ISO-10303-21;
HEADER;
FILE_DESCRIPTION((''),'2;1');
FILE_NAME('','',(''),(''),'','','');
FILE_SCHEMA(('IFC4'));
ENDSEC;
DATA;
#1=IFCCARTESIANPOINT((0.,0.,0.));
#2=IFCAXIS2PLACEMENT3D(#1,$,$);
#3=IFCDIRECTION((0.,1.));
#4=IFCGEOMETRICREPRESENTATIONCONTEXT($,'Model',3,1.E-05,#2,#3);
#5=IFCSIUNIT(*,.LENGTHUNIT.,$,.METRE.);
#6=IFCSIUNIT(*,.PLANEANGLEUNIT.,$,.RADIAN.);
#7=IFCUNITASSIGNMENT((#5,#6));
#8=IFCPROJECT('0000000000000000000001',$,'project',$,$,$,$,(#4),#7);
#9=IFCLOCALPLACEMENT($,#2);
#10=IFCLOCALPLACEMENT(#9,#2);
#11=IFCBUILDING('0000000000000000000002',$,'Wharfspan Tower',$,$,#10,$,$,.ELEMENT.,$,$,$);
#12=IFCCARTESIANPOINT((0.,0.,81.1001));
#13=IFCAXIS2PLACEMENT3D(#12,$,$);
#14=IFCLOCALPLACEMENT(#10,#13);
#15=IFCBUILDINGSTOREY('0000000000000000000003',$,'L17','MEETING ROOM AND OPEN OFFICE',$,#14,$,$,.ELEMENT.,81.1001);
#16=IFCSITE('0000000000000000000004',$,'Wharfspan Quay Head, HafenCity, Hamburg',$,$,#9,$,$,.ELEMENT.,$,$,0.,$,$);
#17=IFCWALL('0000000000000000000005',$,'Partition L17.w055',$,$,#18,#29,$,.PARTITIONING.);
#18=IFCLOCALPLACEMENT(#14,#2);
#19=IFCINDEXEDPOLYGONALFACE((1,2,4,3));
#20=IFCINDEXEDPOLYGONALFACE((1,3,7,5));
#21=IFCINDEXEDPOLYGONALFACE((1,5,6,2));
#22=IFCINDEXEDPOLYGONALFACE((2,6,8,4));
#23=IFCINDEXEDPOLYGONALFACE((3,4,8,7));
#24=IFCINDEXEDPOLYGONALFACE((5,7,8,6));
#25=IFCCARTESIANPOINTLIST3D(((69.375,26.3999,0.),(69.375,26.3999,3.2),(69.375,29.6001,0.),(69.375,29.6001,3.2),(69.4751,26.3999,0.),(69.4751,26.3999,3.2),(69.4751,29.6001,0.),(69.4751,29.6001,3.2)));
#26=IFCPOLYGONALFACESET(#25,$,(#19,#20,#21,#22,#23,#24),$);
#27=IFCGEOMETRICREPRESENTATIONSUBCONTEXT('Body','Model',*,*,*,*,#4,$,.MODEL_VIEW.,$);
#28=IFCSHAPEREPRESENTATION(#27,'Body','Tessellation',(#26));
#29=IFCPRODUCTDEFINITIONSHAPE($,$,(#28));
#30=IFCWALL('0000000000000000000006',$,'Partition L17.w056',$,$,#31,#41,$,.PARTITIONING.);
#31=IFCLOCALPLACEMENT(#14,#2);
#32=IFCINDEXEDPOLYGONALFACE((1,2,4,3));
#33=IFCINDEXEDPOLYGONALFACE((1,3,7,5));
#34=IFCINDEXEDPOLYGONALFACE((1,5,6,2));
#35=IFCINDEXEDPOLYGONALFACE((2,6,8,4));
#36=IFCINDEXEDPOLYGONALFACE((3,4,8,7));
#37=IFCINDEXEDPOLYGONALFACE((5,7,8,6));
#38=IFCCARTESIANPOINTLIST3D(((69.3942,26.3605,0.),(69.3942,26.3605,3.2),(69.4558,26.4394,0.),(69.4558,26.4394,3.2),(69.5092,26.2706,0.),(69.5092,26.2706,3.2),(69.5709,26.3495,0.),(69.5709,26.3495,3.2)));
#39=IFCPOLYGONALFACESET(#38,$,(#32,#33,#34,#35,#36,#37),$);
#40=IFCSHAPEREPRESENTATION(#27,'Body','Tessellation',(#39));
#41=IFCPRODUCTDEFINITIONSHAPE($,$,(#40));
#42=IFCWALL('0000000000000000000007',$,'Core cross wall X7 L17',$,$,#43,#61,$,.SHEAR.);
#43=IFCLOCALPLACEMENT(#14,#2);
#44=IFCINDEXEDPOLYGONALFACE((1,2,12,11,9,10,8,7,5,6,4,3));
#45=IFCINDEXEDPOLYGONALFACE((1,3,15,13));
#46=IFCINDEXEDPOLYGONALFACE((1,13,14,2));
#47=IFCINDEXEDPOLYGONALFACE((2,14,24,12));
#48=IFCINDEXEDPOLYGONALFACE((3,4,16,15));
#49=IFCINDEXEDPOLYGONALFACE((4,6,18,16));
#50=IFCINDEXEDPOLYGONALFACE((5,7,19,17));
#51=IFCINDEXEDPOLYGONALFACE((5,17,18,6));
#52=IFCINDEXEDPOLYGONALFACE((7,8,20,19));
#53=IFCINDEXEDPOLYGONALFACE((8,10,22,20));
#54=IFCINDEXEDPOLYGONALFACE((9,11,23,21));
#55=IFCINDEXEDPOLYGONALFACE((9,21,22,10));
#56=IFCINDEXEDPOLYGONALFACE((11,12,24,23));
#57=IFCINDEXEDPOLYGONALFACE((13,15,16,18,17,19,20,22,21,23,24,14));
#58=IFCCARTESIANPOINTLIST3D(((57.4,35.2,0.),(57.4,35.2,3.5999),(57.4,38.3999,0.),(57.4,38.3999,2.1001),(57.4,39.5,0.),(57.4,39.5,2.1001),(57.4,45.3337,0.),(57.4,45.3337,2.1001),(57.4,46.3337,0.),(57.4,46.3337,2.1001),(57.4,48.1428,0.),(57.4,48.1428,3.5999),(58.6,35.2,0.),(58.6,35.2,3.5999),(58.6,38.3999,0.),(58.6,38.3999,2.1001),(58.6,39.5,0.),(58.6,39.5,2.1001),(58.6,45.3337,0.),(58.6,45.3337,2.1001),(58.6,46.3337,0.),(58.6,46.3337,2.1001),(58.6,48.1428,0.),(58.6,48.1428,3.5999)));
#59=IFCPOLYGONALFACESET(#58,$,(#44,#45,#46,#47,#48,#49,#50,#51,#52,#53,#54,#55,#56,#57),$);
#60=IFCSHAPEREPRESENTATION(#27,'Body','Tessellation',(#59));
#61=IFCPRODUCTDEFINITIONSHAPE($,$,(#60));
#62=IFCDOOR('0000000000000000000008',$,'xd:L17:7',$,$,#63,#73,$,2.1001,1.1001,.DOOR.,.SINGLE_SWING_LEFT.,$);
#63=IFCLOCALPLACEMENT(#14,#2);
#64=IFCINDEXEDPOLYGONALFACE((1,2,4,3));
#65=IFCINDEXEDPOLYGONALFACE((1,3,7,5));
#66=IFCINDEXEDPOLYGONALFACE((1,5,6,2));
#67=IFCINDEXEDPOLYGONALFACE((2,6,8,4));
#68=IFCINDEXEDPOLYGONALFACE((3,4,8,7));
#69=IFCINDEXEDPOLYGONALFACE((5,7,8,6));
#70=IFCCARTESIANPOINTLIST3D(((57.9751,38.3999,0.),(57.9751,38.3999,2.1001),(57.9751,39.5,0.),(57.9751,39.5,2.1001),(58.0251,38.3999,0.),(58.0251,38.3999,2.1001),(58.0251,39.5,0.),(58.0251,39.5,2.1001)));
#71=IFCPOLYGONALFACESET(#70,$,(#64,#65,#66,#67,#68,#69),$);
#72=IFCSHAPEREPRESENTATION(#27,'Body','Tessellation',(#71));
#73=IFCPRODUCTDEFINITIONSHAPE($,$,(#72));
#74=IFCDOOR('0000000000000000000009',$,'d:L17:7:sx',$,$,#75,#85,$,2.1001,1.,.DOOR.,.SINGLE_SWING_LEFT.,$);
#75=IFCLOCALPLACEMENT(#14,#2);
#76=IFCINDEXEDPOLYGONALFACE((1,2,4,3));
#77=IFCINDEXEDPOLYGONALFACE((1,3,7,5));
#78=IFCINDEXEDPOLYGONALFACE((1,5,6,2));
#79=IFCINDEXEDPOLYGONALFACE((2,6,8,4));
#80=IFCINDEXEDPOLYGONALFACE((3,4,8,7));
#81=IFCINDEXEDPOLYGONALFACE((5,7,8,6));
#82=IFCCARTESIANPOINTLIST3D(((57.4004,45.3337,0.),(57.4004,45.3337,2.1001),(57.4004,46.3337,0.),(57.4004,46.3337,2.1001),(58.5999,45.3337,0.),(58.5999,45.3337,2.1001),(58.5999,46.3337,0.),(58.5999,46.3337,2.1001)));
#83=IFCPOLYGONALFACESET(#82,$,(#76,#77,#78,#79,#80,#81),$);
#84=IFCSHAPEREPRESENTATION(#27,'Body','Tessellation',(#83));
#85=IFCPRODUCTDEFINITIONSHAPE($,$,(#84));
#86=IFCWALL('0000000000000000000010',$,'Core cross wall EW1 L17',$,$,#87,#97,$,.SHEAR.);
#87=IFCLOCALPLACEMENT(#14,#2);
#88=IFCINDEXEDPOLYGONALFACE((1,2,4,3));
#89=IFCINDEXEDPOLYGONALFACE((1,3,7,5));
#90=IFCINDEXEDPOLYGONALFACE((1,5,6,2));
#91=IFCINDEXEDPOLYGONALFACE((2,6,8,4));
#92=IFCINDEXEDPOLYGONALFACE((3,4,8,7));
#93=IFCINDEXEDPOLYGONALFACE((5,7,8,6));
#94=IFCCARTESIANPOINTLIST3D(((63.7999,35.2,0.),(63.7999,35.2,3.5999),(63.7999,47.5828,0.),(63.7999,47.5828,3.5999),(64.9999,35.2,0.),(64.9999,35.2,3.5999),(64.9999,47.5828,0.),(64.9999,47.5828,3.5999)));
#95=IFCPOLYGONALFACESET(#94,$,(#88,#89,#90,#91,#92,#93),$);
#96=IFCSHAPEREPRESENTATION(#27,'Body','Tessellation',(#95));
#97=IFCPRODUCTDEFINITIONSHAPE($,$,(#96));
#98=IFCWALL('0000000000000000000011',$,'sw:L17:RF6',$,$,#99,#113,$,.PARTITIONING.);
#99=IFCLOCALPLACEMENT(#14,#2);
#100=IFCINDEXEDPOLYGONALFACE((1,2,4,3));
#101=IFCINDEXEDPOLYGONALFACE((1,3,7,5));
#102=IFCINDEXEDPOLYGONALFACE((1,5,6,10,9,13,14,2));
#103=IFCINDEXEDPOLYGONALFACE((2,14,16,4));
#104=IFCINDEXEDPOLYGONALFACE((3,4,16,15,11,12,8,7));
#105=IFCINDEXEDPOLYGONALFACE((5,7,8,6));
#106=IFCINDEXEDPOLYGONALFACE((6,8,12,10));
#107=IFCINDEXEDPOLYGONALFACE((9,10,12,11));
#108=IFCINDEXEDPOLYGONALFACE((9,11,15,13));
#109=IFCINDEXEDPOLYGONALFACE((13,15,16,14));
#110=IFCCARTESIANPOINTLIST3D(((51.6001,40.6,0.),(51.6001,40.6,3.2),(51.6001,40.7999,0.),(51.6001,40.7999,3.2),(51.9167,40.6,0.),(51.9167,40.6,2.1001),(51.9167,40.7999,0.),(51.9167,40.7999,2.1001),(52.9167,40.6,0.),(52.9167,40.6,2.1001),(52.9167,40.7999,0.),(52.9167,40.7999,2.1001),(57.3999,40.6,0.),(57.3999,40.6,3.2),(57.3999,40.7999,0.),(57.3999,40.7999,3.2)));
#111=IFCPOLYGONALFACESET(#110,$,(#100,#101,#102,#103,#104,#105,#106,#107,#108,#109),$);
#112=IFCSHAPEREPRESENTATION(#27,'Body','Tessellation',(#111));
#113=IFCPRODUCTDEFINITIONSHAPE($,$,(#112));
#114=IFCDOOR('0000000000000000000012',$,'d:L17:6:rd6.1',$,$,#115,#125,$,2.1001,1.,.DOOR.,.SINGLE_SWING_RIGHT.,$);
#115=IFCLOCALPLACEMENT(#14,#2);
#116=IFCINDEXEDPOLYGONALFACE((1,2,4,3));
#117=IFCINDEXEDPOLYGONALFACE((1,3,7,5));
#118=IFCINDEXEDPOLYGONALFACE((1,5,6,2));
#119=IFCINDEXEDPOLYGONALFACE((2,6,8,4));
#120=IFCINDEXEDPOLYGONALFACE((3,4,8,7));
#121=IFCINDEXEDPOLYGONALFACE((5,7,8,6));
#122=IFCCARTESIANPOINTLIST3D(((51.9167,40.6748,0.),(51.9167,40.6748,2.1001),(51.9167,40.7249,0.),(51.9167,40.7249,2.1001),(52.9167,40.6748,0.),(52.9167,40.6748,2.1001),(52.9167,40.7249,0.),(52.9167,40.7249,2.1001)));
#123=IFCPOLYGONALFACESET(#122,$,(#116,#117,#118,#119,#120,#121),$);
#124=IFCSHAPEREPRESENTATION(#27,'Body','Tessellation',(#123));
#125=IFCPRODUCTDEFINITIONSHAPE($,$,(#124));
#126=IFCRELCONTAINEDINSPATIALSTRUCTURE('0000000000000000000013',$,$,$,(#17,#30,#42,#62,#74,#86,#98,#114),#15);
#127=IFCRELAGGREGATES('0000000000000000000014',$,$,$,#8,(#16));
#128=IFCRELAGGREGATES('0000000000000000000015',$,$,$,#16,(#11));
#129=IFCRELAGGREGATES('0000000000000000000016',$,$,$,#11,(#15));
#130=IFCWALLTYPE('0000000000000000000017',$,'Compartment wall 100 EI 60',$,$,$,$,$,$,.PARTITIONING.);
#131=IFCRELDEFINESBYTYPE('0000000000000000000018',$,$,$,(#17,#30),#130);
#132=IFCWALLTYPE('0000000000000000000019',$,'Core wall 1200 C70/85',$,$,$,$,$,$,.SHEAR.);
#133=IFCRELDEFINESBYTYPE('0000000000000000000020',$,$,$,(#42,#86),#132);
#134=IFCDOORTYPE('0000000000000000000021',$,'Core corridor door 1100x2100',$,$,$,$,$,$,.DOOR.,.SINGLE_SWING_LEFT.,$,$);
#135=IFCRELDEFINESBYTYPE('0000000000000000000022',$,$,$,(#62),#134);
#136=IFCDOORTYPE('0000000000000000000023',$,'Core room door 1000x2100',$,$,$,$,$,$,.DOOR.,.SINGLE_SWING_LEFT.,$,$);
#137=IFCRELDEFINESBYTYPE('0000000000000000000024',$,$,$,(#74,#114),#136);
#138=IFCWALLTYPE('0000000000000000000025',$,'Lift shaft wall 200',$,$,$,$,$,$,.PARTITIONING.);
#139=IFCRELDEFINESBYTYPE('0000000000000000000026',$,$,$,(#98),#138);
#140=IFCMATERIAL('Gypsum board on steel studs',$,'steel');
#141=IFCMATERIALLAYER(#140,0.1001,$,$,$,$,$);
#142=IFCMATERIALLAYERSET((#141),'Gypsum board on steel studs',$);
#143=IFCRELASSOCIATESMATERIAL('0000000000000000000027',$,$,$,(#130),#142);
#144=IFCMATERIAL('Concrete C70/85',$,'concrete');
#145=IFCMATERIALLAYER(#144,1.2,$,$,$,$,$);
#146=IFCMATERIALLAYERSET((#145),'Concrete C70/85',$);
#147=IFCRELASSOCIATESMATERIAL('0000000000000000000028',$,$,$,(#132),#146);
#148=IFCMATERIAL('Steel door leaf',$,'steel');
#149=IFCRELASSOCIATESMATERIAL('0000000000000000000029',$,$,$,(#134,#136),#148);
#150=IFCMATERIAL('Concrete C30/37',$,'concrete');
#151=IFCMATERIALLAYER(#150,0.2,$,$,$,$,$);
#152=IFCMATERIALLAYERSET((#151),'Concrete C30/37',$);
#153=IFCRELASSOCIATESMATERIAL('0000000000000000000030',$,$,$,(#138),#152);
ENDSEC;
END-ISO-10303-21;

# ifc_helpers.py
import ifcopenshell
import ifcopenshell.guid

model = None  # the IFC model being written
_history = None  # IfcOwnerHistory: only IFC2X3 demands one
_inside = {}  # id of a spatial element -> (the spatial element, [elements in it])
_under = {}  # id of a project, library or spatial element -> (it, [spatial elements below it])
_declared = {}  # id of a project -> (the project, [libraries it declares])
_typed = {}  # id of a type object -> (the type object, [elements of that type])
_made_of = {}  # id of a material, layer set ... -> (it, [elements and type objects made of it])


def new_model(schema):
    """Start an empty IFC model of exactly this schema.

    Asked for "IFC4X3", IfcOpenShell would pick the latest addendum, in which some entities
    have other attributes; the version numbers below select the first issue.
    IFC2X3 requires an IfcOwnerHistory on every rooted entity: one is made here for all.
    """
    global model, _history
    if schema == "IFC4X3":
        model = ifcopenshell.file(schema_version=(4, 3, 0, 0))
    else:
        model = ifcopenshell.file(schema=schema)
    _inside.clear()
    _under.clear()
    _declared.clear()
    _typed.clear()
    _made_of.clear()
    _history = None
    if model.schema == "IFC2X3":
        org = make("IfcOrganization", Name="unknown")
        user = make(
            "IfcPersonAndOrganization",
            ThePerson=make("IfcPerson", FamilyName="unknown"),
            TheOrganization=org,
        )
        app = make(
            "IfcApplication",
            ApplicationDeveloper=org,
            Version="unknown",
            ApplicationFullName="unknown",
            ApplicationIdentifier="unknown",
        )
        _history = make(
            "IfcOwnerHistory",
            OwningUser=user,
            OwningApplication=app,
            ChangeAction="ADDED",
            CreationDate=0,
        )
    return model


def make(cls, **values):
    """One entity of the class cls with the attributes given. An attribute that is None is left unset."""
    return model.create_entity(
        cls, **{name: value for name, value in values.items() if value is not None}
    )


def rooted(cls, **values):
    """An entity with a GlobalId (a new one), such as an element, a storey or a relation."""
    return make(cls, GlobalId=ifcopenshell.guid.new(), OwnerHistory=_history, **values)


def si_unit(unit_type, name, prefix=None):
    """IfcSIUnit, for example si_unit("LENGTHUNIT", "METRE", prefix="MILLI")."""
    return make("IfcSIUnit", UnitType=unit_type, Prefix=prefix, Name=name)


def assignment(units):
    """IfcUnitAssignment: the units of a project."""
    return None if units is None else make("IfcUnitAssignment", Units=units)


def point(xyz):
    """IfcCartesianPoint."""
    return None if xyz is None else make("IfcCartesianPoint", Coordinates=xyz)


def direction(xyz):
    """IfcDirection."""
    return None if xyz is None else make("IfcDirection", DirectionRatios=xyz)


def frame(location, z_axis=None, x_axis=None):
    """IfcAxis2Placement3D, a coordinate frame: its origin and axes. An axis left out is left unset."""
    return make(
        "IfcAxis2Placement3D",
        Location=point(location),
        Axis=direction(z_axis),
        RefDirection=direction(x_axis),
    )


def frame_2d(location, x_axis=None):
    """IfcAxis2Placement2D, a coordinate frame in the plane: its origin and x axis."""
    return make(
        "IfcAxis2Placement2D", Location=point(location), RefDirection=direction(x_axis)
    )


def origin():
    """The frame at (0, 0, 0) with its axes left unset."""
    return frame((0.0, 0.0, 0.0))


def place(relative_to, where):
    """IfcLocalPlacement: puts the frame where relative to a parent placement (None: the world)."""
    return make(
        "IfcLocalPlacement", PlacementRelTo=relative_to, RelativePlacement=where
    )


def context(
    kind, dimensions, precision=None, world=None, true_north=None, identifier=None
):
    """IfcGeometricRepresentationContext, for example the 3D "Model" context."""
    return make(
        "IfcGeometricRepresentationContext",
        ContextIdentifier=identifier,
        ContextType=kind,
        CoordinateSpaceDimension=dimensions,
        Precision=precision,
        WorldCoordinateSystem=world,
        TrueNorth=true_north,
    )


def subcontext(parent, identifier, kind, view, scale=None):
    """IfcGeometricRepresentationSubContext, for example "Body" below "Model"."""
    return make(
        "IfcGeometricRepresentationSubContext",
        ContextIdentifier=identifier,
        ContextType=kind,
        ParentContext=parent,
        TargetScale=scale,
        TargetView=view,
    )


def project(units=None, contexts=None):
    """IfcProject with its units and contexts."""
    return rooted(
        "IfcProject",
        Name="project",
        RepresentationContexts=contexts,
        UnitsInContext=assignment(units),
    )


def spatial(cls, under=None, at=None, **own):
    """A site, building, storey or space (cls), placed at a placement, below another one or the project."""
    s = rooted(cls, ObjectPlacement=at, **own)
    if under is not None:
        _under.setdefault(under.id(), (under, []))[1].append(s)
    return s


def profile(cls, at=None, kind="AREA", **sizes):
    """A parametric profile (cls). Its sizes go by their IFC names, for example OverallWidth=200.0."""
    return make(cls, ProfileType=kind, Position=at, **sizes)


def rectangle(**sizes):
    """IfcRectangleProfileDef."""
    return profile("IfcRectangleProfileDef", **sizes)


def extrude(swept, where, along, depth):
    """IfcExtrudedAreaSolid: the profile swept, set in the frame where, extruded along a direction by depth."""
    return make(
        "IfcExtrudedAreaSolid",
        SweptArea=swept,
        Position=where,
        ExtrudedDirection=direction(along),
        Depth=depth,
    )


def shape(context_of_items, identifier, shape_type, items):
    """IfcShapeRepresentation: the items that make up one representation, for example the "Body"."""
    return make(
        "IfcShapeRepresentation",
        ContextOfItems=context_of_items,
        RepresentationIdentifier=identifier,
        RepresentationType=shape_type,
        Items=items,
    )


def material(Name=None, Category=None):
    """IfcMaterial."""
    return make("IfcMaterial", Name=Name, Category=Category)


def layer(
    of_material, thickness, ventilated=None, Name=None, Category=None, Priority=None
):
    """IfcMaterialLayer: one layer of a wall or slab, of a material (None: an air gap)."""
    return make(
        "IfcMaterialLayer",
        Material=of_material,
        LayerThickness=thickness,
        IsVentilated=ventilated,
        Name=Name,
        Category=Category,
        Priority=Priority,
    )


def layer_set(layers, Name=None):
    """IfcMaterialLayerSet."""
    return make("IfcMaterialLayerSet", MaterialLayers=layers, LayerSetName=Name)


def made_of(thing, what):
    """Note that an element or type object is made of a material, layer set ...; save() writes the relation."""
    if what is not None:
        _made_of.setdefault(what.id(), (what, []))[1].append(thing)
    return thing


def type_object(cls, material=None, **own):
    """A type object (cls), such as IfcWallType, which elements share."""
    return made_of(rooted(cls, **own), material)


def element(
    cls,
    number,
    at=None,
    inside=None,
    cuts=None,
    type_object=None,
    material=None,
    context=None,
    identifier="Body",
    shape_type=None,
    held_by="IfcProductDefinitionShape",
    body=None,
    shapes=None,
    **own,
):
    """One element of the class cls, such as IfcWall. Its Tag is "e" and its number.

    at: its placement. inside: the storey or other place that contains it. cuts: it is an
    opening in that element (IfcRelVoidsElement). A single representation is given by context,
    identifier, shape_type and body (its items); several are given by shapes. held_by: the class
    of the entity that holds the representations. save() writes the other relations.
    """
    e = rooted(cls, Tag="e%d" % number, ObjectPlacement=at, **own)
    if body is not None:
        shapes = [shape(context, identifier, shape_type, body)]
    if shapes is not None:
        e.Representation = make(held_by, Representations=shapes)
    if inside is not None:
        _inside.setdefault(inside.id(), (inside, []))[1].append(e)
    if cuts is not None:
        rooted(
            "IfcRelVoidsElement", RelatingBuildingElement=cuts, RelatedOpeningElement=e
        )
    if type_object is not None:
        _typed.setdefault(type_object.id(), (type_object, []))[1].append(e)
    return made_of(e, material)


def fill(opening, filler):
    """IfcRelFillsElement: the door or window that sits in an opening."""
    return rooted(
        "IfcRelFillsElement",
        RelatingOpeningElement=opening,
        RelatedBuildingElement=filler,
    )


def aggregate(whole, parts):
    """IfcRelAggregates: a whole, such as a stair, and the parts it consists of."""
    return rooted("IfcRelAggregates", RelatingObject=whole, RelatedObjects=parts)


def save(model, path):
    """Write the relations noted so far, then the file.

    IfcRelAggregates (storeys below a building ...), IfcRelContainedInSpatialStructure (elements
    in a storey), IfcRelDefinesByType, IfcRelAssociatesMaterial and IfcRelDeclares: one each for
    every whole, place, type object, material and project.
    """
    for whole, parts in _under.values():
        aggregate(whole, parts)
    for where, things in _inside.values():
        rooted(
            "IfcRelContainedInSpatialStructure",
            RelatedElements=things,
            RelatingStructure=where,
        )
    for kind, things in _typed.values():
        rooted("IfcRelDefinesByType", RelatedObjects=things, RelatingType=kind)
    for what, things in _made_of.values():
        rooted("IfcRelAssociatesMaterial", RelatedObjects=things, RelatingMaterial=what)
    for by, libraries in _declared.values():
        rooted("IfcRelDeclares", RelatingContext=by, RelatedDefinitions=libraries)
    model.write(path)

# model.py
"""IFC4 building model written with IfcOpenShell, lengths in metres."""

from ifc_helpers import new_model, si_unit, direction, frame, frame_2d, origin, place, context, subcontext, project, spatial, rectangle, extrude, material, layer, layer_set, type_object, element, fill, save


model = new_model("IFC4")

# Units and contexts
model_context = context("Model", 3, precision=1e-05, world=origin(), true_north=direction((0.0, 1.0)))
body_context = subcontext(model_context, "Body", "Model", "MODEL_VIEW")
ifc_project = project(units=[si_unit("LENGTHUNIT", "METRE"), si_unit("PLANEANGLEUNIT", "RADIAN")], contexts=[model_context])

# Site, building, storey
site_placement = place(None, origin())
site = spatial("IfcSite", under=ifc_project, at=site_placement, Name="Wharfspan Quay Head, HafenCity, Hamburg", CompositionType="ELEMENT", RefElevation=0.0)
building_placement = place(site_placement, origin())
building = spatial("IfcBuilding", under=site, at=building_placement, Name="Wharfspan Tower", CompositionType="ELEMENT")
storey_placement = place(building_placement, frame((0.0, 0.0, 81.1001)))
storey = spatial("IfcBuildingStorey", under=building, at=storey_placement, Name="L17", Description="MEETING ROOM AND OPEN OFFICE", CompositionType="ELEMENT", Elevation=81.1001)

# Shared definitions
ifc_material_1 = material(Name="Gypsum board on steel studs", Category="steel")
ifc_layer_1 = layer(ifc_material_1, 0.1001)
ifc_layer_set_1 = layer_set([ifc_layer_1], Name="Gypsum board on steel studs")
wall_type_1 = type_object("IfcWallType", Name="Compartment wall 100 EI 60", PredefinedType="PARTITIONING", material=ifc_layer_set_1)

# Walls
wall_1_placement = place(storey_placement, frame((69.425, 26.3999, 0.0), z_axis=(0.0, 0.0, 1.0), x_axis=(0.0, 1.0, 0.0)))
element("IfcWall", 1, at=wall_1_placement, inside=storey, type_object=wall_type_1, Name="Partition L17.w055", PredefinedType="PARTITIONING", context=body_context, shape_type="SweptSolid", body=[
    extrude(rectangle(XDim=3.2002, YDim=0.1001, at=frame_2d((1.6001, 0.0))), origin(), (0.0, 0.0, 1.0), 3.2),
])
wall_2_placement = place(storey_placement, frame((69.54, 26.3101, 0.0), z_axis=(0.0, 0.0, 1.0), x_axis=(-0.787997, 0.615675, 0.0)))
element("IfcWall", 2, at=wall_2_placement, inside=storey, type_object=wall_type_1, Name="Partition L17.w056", PredefinedType="PARTITIONING", context=body_context, shape_type="SweptSolid", body=[
    extrude(rectangle(XDim=0.146, YDim=0.1001, at=frame_2d((0.073, 0.0))), origin(), (0.0, 0.0, 1.0), 3.2),
])

# Wall, openings, doors
ifc_material_2 = material(Name="Concrete C70/85", Category="concrete")
ifc_layer_2 = layer(ifc_material_2, 1.2)
ifc_layer_set_2 = layer_set([ifc_layer_2], Name="Concrete C70/85")
wall_type_2 = type_object("IfcWallType", Name="Core wall 1200 C70/85", PredefinedType="SHEAR", material=ifc_layer_set_2)
wall_3_placement = place(storey_placement, frame((58.0, 35.2, 0.0), z_axis=(0.0, 0.0, 1.0), x_axis=(0.0, 1.0, 0.0)))
wall_3 = element("IfcWall", 3, at=wall_3_placement, inside=storey, type_object=wall_type_2, Name="Core cross wall X7 L17", PredefinedType="SHEAR", context=body_context, shape_type="SweptSolid", body=[
    extrude(rectangle(XDim=12.9429, YDim=1.2, at=frame_2d((6.4714, 0.0))), origin(), (0.0, 0.0, 1.0), 3.5999),
])
opening_1_placement = place(wall_3_placement, frame((10.1338, 0.0, 0.0)))
opening_1 = element("IfcOpeningElement", 4, at=opening_1_placement, cuts=wall_3, PredefinedType="OPENING", context=body_context, shape_type="SweptSolid", body=[
    extrude(rectangle(XDim=1.0, YDim=2.1001, at=frame_2d((0.5, 1.05))), frame((0.0, 0.6099, 0.0), z_axis=(0.0, -1.0, 0.0), x_axis=(1.0, 0.0, 0.0)), (0.0, 0.0, 1.0), 1.22),
])
opening_2_placement = place(wall_3_placement, frame((3.2, 0.0, 0.0)))
opening_2 = element("IfcOpeningElement", 5, at=opening_2_placement, cuts=wall_3, PredefinedType="OPENING", context=body_context, shape_type="SweptSolid", body=[
    extrude(rectangle(XDim=1.1001, YDim=2.1001, at=frame_2d((0.55, 1.05))), frame((0.0, 0.6099, 0.0), z_axis=(0.0, -1.0, 0.0), x_axis=(1.0, 0.0, 0.0)), (0.0, 0.0, 1.0), 1.22),
])
ifc_material_3 = material(Name="Steel door leaf", Category="steel")
door_type_1 = type_object("IfcDoorType", Name="Core corridor door 1100x2100", OperationType="SINGLE_SWING_LEFT", PredefinedType="DOOR", material=ifc_material_3)
door_1_placement = place(opening_2_placement, origin())
door_1 = element("IfcDoor", 6, at=door_1_placement, inside=storey, type_object=door_type_1, Name="xd:L17:7", OperationType="SINGLE_SWING_LEFT", OverallHeight=2.1001, OverallWidth=1.1001, PredefinedType="DOOR", context=body_context, shape_type="SweptSolid", body=[
    extrude(rectangle(XDim=1.1001, YDim=2.1001, at=frame_2d((0.55, 1.05))), frame((0.0, 0.0249, 0.0), z_axis=(0.0, -1.0, 0.0), x_axis=(1.0, 0.0, 0.0)), (0.0, 0.0, 1.0), 0.05),
])
fill(opening_2, door_1)
door_type_2 = type_object("IfcDoorType", Name="Core room door 1000x2100", OperationType="SINGLE_SWING_LEFT", PredefinedType="DOOR", material=ifc_material_3)
door_2_placement = place(opening_1_placement, origin())
door_2 = element("IfcDoor", 7, at=door_2_placement, inside=storey, type_object=door_type_2, Name="d:L17:7:sx", OperationType="SINGLE_SWING_LEFT", OverallHeight=2.1001, OverallWidth=1.0, PredefinedType="DOOR", context=body_context, shape_type="SweptSolid", body=[
    extrude(rectangle(XDim=1.0, YDim=2.1001, at=frame_2d((0.5, 1.05))), frame((0.0, 0.5996, 0.0), z_axis=(0.0, -1.0, 0.0), x_axis=(1.0, 0.0, 0.0)), (0.0, 0.0, 1.0), 1.1995),
])
fill(opening_1, door_2)

# Wall
wall_4_placement = place(storey_placement, frame((64.3999, 35.2, 0.0), z_axis=(0.0, 0.0, 1.0), x_axis=(0.0, 1.0, 0.0)))
element("IfcWall", 8, at=wall_4_placement, inside=storey, type_object=wall_type_2, Name="Core cross wall EW1 L17", PredefinedType="SHEAR", context=body_context, shape_type="SweptSolid", body=[
    extrude(rectangle(XDim=12.3828, YDim=1.2, at=frame_2d((6.1914, 0.0))), origin(), (0.0, 0.0, 1.0), 3.5999),
])

# Wall, opening, door
ifc_material_4 = material(Name="Concrete C30/37", Category="concrete")
ifc_layer_3 = layer(ifc_material_4, 0.2)
ifc_layer_set_3 = layer_set([ifc_layer_3], Name="Concrete C30/37")
wall_type_3 = type_object("IfcWallType", Name="Lift shaft wall 200", PredefinedType="PARTITIONING", material=ifc_layer_set_3)
wall_5_placement = place(storey_placement, frame((51.6001, 40.7, 0.0), z_axis=(0.0, 0.0, 1.0), x_axis=(1.0, 0.0, 0.0)))
wall_5 = element("IfcWall", 9, at=wall_5_placement, inside=storey, type_object=wall_type_3, Name="sw:L17:RF6", PredefinedType="PARTITIONING", context=body_context, shape_type="SweptSolid", body=[
    extrude(rectangle(XDim=5.7998, YDim=0.2, at=frame_2d((2.8999, 0.0))), origin(), (0.0, 0.0, 1.0), 3.2),
])
opening_3_placement = place(wall_5_placement, frame((0.3166, 0.0, 0.0)))
opening_3 = element("IfcOpeningElement", 10, at=opening_3_placement, cuts=wall_5, PredefinedType="OPENING", context=body_context, shape_type="SweptSolid", body=[
    extrude(rectangle(XDim=1.0, YDim=2.1001, at=frame_2d((0.5, 1.05))), frame((0.0, 0.1099, 0.0), z_axis=(0.0, -1.0, 0.0), x_axis=(1.0, 0.0, 0.0)), (0.0, 0.0, 1.0), 0.22),
])
door_3_placement = place(opening_3_placement, origin())
door_3 = element("IfcDoor", 11, at=door_3_placement, inside=storey, type_object=door_type_2, Name="d:L17:6:rd6.1", OperationType="SINGLE_SWING_RIGHT", OverallHeight=2.1001, OverallWidth=1.0, PredefinedType="DOOR", context=body_context, shape_type="SweptSolid", body=[
    extrude(rectangle(XDim=1.0, YDim=2.1001, at=frame_2d((0.5, 1.05))), frame((0.0, 0.0249, 0.0), z_axis=(0.0, -1.0, 0.0), x_axis=(1.0, 0.0, 0.0)), (0.0, 0.0, 1.0), 0.05),
])
fill(opening_3, door_3)

save(model, "model.ifc")
